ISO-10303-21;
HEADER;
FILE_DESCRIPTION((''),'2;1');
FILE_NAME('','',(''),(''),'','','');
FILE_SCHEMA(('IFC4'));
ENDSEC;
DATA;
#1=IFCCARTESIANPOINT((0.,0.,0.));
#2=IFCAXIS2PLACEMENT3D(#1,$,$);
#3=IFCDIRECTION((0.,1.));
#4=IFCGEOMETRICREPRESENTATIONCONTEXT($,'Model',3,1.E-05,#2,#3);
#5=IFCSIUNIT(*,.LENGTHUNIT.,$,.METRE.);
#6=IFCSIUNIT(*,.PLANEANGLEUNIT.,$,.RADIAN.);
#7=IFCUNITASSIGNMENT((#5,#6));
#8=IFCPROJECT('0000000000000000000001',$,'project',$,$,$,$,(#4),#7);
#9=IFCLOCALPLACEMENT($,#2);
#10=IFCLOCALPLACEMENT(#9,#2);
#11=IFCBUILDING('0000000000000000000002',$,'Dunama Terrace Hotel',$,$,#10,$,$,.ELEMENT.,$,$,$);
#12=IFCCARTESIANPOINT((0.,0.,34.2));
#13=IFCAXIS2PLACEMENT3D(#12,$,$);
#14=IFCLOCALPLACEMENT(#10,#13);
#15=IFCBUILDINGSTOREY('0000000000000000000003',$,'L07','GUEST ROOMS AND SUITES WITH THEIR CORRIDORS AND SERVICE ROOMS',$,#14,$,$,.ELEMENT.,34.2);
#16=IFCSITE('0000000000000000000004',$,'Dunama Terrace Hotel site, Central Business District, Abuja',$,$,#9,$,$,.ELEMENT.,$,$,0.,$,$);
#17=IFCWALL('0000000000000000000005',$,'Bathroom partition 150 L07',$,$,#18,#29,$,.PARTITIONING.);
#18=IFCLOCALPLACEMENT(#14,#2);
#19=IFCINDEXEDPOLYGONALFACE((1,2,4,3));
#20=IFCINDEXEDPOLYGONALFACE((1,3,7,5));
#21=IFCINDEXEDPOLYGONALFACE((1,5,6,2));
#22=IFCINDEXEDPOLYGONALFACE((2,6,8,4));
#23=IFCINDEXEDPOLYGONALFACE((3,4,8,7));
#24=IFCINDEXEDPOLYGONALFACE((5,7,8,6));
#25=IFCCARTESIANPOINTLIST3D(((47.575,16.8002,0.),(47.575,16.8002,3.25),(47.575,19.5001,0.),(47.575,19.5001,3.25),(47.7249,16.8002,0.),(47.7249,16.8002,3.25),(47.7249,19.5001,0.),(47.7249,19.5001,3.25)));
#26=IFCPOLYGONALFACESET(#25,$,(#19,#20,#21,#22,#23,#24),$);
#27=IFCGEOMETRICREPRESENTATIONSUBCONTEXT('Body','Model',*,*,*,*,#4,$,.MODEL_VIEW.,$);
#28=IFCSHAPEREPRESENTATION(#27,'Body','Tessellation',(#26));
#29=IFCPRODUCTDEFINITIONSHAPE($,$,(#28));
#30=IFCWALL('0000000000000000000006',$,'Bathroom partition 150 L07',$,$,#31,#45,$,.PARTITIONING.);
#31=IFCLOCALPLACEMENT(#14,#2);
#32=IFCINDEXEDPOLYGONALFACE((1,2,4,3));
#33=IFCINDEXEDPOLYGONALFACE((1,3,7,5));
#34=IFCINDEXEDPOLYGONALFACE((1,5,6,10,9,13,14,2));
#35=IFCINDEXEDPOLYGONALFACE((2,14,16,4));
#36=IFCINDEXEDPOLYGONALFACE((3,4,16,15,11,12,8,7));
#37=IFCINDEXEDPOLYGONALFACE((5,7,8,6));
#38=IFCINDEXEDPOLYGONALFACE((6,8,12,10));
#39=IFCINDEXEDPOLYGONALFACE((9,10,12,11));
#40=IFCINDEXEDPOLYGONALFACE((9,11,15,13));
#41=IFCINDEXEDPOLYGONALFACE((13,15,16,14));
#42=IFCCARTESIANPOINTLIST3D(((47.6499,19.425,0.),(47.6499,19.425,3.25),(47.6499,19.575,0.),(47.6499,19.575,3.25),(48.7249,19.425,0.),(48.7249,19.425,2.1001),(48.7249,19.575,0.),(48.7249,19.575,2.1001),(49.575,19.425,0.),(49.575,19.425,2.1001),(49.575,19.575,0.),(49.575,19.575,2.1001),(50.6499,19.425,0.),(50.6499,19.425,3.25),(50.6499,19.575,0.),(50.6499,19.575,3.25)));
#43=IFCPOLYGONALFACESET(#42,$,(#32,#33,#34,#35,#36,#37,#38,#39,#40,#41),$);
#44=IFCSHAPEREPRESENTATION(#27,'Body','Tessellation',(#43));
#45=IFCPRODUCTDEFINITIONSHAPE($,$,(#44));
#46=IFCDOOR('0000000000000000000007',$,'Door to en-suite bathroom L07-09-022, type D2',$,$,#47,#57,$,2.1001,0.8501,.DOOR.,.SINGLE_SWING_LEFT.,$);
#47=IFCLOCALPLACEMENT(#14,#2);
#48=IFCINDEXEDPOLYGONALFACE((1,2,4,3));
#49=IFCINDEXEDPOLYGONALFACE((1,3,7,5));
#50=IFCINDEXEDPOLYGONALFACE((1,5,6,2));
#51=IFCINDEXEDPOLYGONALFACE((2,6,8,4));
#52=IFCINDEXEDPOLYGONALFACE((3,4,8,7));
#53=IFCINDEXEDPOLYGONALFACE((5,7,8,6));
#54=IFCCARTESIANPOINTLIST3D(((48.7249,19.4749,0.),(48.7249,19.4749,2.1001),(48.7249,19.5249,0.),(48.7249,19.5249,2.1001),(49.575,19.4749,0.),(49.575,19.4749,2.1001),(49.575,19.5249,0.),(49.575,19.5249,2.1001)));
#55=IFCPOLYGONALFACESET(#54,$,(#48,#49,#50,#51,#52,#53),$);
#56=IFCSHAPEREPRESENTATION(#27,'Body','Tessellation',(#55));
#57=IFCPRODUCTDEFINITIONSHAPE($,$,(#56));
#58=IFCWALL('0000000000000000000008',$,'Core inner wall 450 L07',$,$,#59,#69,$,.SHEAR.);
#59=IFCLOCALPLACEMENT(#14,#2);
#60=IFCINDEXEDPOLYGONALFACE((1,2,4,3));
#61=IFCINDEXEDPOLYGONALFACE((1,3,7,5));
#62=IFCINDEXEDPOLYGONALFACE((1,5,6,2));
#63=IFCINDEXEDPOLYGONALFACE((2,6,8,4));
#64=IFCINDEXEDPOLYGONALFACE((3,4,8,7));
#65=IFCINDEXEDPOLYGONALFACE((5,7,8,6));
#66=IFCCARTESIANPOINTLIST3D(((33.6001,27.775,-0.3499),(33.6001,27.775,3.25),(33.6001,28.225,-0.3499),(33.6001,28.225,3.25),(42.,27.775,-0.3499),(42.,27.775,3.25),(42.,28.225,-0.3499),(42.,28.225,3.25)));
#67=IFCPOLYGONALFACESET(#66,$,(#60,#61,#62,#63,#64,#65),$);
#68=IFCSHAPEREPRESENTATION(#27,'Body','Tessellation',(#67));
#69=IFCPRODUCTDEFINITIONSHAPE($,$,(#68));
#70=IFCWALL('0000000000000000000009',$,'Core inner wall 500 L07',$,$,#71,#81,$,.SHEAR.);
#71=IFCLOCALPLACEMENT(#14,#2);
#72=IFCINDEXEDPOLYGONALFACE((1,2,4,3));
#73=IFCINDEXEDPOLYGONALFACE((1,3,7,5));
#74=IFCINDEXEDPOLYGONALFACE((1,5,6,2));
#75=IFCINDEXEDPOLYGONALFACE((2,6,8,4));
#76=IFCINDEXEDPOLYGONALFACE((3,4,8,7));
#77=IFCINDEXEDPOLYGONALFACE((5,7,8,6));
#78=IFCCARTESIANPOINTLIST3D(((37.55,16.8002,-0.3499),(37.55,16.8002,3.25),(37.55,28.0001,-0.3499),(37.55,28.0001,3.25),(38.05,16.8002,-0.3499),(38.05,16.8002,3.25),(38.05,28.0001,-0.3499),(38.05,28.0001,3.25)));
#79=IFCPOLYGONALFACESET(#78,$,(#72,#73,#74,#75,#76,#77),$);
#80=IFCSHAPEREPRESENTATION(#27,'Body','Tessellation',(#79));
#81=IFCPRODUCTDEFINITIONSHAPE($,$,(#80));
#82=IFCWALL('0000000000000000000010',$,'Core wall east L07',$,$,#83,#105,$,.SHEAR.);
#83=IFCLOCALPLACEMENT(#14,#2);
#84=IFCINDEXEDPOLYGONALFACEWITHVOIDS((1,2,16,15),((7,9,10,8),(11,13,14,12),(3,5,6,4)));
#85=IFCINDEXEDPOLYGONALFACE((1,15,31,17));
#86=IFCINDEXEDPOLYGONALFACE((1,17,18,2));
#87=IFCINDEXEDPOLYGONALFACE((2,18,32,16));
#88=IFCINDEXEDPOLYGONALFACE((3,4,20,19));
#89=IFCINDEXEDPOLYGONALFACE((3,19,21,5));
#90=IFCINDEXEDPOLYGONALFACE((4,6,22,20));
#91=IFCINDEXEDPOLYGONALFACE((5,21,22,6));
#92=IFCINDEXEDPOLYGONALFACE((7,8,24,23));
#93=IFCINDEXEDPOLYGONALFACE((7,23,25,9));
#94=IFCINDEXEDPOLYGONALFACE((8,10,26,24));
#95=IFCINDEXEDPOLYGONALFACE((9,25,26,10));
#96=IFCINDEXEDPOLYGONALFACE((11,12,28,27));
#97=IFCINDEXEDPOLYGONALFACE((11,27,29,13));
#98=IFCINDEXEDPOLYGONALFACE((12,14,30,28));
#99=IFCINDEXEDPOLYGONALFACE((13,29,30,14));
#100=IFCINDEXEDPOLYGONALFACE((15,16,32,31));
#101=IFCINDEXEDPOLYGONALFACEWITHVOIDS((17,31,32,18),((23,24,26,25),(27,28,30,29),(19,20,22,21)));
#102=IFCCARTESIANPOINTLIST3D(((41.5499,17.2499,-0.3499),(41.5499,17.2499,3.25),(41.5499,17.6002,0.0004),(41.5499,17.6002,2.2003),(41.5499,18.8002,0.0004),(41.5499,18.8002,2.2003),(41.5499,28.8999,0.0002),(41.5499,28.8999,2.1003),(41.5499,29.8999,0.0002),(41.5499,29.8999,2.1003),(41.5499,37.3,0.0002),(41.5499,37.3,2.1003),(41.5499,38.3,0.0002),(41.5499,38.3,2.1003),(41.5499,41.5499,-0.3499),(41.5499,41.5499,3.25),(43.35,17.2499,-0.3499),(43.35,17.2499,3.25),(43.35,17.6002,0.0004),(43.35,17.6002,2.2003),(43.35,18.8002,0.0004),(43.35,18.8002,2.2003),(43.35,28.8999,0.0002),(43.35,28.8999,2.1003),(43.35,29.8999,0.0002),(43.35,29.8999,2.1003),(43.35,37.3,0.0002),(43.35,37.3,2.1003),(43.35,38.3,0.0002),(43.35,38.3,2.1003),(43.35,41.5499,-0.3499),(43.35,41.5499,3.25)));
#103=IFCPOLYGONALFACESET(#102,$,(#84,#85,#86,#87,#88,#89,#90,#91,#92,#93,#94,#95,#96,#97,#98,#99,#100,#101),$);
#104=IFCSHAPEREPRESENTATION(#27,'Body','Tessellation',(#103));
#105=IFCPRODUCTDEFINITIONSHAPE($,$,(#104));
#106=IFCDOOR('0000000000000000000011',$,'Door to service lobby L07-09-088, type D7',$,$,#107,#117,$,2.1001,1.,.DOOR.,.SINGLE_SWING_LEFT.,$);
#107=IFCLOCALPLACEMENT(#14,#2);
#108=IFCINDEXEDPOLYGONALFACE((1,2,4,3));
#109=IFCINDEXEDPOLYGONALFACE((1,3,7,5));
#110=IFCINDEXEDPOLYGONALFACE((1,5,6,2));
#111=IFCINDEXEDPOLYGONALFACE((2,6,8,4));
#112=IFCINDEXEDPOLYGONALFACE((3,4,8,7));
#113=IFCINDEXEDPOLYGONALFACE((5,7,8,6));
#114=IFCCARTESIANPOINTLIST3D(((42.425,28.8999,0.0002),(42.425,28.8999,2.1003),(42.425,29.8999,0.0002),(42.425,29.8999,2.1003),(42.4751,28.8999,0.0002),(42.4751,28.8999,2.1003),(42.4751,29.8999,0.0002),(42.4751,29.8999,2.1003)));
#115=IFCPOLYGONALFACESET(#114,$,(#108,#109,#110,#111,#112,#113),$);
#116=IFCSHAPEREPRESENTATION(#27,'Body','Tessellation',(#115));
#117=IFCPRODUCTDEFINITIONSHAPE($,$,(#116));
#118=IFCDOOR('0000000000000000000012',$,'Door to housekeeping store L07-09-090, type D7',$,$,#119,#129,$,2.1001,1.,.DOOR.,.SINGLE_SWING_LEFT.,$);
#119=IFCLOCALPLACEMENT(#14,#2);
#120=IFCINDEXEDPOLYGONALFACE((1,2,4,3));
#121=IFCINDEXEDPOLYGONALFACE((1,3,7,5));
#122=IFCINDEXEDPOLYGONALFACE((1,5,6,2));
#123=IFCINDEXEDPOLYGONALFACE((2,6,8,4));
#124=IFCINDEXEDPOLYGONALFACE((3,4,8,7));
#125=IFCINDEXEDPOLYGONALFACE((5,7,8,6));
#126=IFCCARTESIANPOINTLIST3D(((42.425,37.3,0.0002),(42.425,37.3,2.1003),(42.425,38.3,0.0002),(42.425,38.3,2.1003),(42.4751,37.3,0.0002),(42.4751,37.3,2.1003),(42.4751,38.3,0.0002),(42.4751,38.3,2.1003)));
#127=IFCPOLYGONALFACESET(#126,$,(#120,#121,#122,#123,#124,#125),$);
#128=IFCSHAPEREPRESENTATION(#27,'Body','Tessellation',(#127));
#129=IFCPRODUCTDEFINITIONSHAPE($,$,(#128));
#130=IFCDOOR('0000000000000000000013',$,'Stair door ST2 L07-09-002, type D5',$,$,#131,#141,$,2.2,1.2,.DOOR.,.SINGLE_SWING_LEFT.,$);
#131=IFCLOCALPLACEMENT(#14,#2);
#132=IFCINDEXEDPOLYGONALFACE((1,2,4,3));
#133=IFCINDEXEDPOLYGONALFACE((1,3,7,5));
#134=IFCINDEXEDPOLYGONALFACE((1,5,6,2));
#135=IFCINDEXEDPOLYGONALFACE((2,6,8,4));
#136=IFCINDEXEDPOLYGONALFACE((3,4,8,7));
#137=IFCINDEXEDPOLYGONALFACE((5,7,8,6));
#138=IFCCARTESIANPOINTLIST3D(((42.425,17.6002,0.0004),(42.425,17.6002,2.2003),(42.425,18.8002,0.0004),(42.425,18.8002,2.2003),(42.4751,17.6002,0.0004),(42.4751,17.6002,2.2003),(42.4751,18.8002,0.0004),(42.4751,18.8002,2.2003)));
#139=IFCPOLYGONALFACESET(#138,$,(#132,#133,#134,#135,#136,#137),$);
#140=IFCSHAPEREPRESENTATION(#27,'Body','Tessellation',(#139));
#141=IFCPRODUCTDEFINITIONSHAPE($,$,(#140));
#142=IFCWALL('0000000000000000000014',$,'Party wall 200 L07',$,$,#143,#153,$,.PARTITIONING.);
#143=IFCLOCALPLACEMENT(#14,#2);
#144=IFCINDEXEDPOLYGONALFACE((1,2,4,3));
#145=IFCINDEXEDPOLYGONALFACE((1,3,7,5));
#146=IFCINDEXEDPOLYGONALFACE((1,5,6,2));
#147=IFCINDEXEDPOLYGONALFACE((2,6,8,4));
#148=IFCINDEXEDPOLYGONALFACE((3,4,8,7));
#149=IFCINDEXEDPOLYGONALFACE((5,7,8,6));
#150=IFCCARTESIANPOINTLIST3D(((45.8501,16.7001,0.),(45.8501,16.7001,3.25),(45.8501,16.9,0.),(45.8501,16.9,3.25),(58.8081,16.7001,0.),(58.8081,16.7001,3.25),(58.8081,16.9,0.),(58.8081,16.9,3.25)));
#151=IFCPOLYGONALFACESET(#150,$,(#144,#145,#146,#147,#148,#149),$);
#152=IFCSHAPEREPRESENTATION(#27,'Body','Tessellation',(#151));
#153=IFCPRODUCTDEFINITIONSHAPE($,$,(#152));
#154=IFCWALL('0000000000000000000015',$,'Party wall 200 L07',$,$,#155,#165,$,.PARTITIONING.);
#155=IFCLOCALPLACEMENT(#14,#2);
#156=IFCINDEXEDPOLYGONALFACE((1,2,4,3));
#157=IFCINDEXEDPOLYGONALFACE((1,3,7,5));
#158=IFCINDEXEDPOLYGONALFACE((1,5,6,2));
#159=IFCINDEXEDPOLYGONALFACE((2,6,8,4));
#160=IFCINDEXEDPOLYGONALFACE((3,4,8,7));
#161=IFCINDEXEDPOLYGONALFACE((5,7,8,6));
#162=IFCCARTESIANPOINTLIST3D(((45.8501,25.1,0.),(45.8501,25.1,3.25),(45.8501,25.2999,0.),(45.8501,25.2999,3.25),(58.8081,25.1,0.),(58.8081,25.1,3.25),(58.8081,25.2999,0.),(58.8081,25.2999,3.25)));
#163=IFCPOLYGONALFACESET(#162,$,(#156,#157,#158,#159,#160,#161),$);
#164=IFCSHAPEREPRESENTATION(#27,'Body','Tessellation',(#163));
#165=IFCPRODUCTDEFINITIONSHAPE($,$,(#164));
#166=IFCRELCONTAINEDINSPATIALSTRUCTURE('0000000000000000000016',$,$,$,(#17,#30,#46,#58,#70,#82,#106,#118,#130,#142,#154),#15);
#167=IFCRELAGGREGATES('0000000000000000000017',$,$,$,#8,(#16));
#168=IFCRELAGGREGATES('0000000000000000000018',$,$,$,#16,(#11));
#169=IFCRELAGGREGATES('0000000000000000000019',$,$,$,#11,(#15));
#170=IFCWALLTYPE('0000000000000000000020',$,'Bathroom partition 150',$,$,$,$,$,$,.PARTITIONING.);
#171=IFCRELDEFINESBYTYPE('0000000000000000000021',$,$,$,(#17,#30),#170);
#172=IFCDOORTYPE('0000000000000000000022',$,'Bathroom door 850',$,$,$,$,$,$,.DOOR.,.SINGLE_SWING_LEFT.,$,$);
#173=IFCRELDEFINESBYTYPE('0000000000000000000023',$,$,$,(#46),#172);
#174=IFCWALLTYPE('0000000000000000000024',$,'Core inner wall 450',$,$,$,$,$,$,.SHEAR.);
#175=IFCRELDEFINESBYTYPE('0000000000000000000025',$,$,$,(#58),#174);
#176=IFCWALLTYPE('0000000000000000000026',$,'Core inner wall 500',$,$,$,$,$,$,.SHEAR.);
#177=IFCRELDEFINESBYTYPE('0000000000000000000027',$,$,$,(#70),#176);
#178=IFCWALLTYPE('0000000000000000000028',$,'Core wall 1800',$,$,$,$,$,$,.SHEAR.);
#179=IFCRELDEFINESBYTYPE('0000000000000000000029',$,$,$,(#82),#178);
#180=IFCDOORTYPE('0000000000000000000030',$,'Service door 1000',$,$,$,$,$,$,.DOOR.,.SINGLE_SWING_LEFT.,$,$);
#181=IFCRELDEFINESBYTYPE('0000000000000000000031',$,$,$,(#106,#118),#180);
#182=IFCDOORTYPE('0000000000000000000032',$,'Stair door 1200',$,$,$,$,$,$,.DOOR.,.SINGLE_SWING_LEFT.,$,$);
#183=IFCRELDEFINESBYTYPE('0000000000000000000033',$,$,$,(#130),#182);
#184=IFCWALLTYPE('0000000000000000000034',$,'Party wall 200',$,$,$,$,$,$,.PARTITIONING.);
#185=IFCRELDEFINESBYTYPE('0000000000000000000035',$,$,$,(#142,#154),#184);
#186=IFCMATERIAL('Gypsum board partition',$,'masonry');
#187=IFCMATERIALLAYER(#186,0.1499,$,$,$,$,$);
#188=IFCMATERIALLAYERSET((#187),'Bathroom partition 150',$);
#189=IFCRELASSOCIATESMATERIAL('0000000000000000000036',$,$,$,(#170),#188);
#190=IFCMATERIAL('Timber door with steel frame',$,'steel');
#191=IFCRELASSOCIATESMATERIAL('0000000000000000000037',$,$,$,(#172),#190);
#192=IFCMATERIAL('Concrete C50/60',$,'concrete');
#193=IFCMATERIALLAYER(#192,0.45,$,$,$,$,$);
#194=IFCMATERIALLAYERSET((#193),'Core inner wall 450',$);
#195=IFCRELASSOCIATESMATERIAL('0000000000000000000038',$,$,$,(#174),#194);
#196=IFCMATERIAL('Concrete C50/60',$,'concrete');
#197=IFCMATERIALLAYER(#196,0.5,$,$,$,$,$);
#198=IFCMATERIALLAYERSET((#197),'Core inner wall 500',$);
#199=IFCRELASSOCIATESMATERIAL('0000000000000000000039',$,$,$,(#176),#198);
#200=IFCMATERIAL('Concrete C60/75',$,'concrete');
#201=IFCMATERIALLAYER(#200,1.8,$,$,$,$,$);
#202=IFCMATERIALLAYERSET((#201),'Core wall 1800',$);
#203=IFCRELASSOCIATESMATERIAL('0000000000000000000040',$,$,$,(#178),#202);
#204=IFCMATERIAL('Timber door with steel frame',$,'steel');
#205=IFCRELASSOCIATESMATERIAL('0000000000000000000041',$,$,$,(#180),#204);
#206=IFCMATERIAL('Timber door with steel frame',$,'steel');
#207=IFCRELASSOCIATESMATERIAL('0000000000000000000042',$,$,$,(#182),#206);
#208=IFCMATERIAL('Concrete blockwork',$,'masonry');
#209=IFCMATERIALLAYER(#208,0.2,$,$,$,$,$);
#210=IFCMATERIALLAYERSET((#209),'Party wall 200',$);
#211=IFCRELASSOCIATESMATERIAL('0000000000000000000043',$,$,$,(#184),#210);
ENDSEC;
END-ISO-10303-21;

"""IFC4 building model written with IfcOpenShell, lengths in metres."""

from ifc_helpers import new_model, si_unit, direction, frame, frame_2d, origin, place, context, subcontext, project, spatial, rectangle, extrude, material, layer, layer_set, type_object, element, fill, save


model = new_model("IFC4")

# Units and contexts
model_context = context("Model", 3, precision=1e-05, world=origin(), true_north=direction((0.0, 1.0)))
body_context = subcontext(model_context, "Body", "Model", "MODEL_VIEW")
ifc_project = project(units=[si_unit("LENGTHUNIT", "METRE"), si_unit("PLANEANGLEUNIT", "RADIAN")], contexts=[model_context])

# Site, building, storey
site_placement = place(None, origin())
site = spatial("IfcSite", under=ifc_project, at=site_placement, Name="Dunama Terrace Hotel site, Central Business District, Abuja", CompositionType="ELEMENT", RefElevation=0.0)
building_placement = place(site_placement, origin())
building = spatial("IfcBuilding", under=site, at=building_placement, Name="Dunama Terrace Hotel", CompositionType="ELEMENT")
storey_placement = place(building_placement, frame((0.0, 0.0, 34.2)))
storey = spatial("IfcBuildingStorey", under=building, at=storey_placement, Name="L07", Description="GUEST ROOMS AND SUITES WITH THEIR CORRIDORS AND SERVICE ROOMS", CompositionType="ELEMENT", Elevation=34.2)

# Wall
ifc_material_1 = material(Name="Gypsum board partition", Category="masonry")
ifc_layer_1 = layer(ifc_material_1, 0.1499)
ifc_layer_set_1 = layer_set([ifc_layer_1], Name="Bathroom partition 150")
wall_type_1 = type_object("IfcWallType", Name="Bathroom partition 150", PredefinedType="PARTITIONING", material=ifc_layer_set_1)
wall_1_placement = place(storey_placement, frame((47.6499, 16.8, 0.0), z_axis=(0.0, 0.0, 1.0), x_axis=(0.0, 1.0, 0.0)))
element("IfcWall", 1, at=wall_1_placement, inside=storey, type_object=wall_type_1, Name="Bathroom partition 150 L07", PredefinedType="PARTITIONING", context=body_context, shape_type="SweptSolid", body=[
    extrude(rectangle(XDim=2.7, YDim=0.1499, at=frame_2d((1.3501, 0.0))), origin(), (0.0, 0.0, 1.0), 3.25),
])

# Wall, opening, door
wall_2_placement = place(storey_placement, frame((47.6499, 19.5, 0.0), z_axis=(0.0, 0.0, 1.0), x_axis=(1.0, 0.0, 0.0)))
wall_2 = element("IfcWall", 2, at=wall_2_placement, inside=storey, type_object=wall_type_1, Name="Bathroom partition 150 L07", PredefinedType="PARTITIONING", context=body_context, shape_type="SweptSolid", body=[
    extrude(rectangle(XDim=3.0, YDim=0.1499, at=frame_2d((1.5, 0.0))), origin(), (0.0, 0.0, 1.0), 3.25),
])
opening_1_placement = place(wall_2_placement, frame((1.075, 0.0, 0.0)))
opening_1 = element("IfcOpeningElement", 3, at=opening_1_placement, cuts=wall_2, PredefinedType="OPENING", context=body_context, shape_type="SweptSolid", body=[
    extrude(rectangle(XDim=0.8501, YDim=2.1001, at=frame_2d((0.425, 1.05))), frame((0.0, 0.085, 0.0), z_axis=(0.0, -1.0, 0.0), x_axis=(1.0, 0.0, 0.0)), (0.0, 0.0, 1.0), 0.1699),
])
ifc_material_2 = material(Name="Timber door with steel frame", Category="steel")
door_type_1 = type_object("IfcDoorType", Name="Bathroom door 850", OperationType="SINGLE_SWING_LEFT", PredefinedType="DOOR", material=ifc_material_2)
door_1_placement = place(opening_1_placement, frame((0.8501, 0.0, 0.0), z_axis=(0.0, 0.0, 1.0), x_axis=(-1.0, 0.0, 0.0)))
door_1 = element("IfcDoor", 4, at=door_1_placement, inside=storey, type_object=door_type_1, Name="Door to en-suite bathroom L07-09-022, type D2", OperationType="SINGLE_SWING_LEFT", OverallHeight=2.1001, OverallWidth=0.8501, PredefinedType="DOOR", context=body_context, shape_type="SweptSolid", body=[
    extrude(rectangle(XDim=0.8501, YDim=2.1001, at=frame_2d((0.425, 1.05))), frame((0.0, 0.0251, 0.0), z_axis=(0.0, -1.0, 0.0), x_axis=(1.0, 0.0, 0.0)), (0.0, 0.0, 1.0), 0.05),
])
fill(opening_1, door_1)

# Walls
ifc_material_3 = material(Name="Concrete C50/60", Category="concrete")
ifc_layer_2 = layer(ifc_material_3, 0.45)
ifc_layer_set_2 = layer_set([ifc_layer_2], Name="Core inner wall 450")
wall_type_2 = type_object("IfcWallType", Name="Core inner wall 450", PredefinedType="SHEAR", material=ifc_layer_set_2)
wall_3_placement = place(storey_placement, frame((33.6001, 28.0, -0.3499), z_axis=(0.0, 0.0, 1.0), x_axis=(1.0, 0.0, 0.0)))
element("IfcWall", 5, at=wall_3_placement, inside=storey, type_object=wall_type_2, Name="Core inner wall 450 L07", PredefinedType="SHEAR", context=body_context, shape_type="SweptSolid", body=[
    extrude(rectangle(XDim=8.3999, YDim=0.45, at=frame_2d((4.2, 0.0))), origin(), (0.0, 0.0, 1.0), 3.5999),
])
ifc_material_4 = material(Name="Concrete C50/60", Category="concrete")
ifc_layer_3 = layer(ifc_material_4, 0.5)
ifc_layer_set_3 = layer_set([ifc_layer_3], Name="Core inner wall 500")
wall_type_3 = type_object("IfcWallType", Name="Core inner wall 500", PredefinedType="SHEAR", material=ifc_layer_set_3)
wall_4_placement = place(storey_placement, frame((37.8, 16.8, -0.3499), z_axis=(0.0, 0.0, 1.0), x_axis=(0.0, 1.0, 0.0)))
element("IfcWall", 6, at=wall_4_placement, inside=storey, type_object=wall_type_3, Name="Core inner wall 500 L07", PredefinedType="SHEAR", context=body_context, shape_type="SweptSolid", body=[
    extrude(rectangle(XDim=11.2, YDim=0.5, at=frame_2d((5.6001, 0.0))), origin(), (0.0, 0.0, 1.0), 3.5999),
])

# Wall, openings, doors
ifc_material_5 = material(Name="Concrete C60/75", Category="concrete")
ifc_layer_4 = layer(ifc_material_5, 1.8)
ifc_layer_set_4 = layer_set([ifc_layer_4], Name="Core wall 1800")
wall_type_4 = type_object("IfcWallType", Name="Core wall 1800", PredefinedType="SHEAR", material=ifc_layer_set_4)
wall_5_placement = place(storey_placement, frame((42.45, 17.25, -0.3499), z_axis=(0.0, 0.0, 1.0), x_axis=(0.0, 1.0, 0.0)))
wall_5 = element("IfcWall", 7, at=wall_5_placement, inside=storey, type_object=wall_type_4, Name="Core wall east L07", PredefinedType="SHEAR", context=body_context, shape_type="SweptSolid", body=[
    extrude(rectangle(XDim=24.3, YDim=1.8, at=frame_2d((12.1499, 0.0))), origin(), (0.0, 0.0, 1.0), 3.5999),
])
opening_2_placement = place(wall_5_placement, frame((0.3501, 0.0, 0.3501)))
opening_2 = element("IfcOpeningElement", 8, at=opening_2_placement, cuts=wall_5, PredefinedType="OPENING", context=body_context, shape_type="SweptSolid", body=[
    extrude(rectangle(XDim=1.2, YDim=2.2, at=frame_2d((0.6001, 1.1001))), frame((0.0, 0.9099, 0.0), z_axis=(0.0, -1.0, 0.0), x_axis=(1.0, 0.0, 0.0)), (0.0, 0.0, 1.0), 1.8201),
])
opening_3_placement = place(wall_5_placement, frame((11.6499, 0.0, 0.3501)))
opening_3 = element("IfcOpeningElement", 9, at=opening_3_placement, cuts=wall_5, PredefinedType="OPENING", context=body_context, shape_type="SweptSolid", body=[
    extrude(rectangle(XDim=1.0, YDim=2.1001, at=frame_2d((0.5, 1.05))), frame((0.0, 0.9099, 0.0), z_axis=(0.0, -1.0, 0.0), x_axis=(1.0, 0.0, 0.0)), (0.0, 0.0, 1.0), 1.8201),
])
opening_4_placement = place(wall_5_placement, frame((20.05, 0.0, 0.3501)))
opening_4 = element("IfcOpeningElement", 10, at=opening_4_placement, cuts=wall_5, PredefinedType="OPENING", context=body_context, shape_type="SweptSolid", body=[
    extrude(rectangle(XDim=1.0, YDim=2.1001, at=frame_2d((0.5, 1.05))), frame((0.0, 0.9099, 0.0), z_axis=(0.0, -1.0, 0.0), x_axis=(1.0, 0.0, 0.0)), (0.0, 0.0, 1.0), 1.8201),
])
ifc_material_6 = material(Name="Timber door with steel frame", Category="steel")
door_type_2 = type_object("IfcDoorType", Name="Service door 1000", OperationType="SINGLE_SWING_LEFT", PredefinedType="DOOR", material=ifc_material_6)
door_2_placement = place(opening_3_placement, origin())
door_2 = element("IfcDoor", 11, at=door_2_placement, inside=storey, type_object=door_type_2, Name="Door to service lobby L07-09-088, type D7", OperationType="SINGLE_SWING_LEFT", OverallHeight=2.1001, OverallWidth=1.0, PredefinedType="DOOR", context=body_context, shape_type="SweptSolid", body=[
    extrude(rectangle(XDim=1.0, YDim=2.1001, at=frame_2d((0.5, 1.05))), frame((0.0, 0.0249, 0.0), z_axis=(0.0, -1.0, 0.0), x_axis=(1.0, 0.0, 0.0)), (0.0, 0.0, 1.0), 0.05),
])
fill(opening_3, door_2)
door_3_placement = place(opening_4_placement, origin())
door_3 = element("IfcDoor", 12, at=door_3_placement, inside=storey, type_object=door_type_2, Name="Door to housekeeping store L07-09-090, type D7", OperationType="SINGLE_SWING_LEFT", OverallHeight=2.1001, OverallWidth=1.0, PredefinedType="DOOR", context=body_context, shape_type="SweptSolid", body=[
    extrude(rectangle(XDim=1.0, YDim=2.1001, at=frame_2d((0.5, 1.05))), frame((0.0, 0.0249, 0.0), z_axis=(0.0, -1.0, 0.0), x_axis=(1.0, 0.0, 0.0)), (0.0, 0.0, 1.0), 0.05),
])
fill(opening_4, door_3)
ifc_material_7 = material(Name="Timber door with steel frame", Category="steel")
door_type_3 = type_object("IfcDoorType", Name="Stair door 1200", OperationType="SINGLE_SWING_LEFT", PredefinedType="DOOR", material=ifc_material_7)
door_4_placement = place(opening_2_placement, origin())
door_4 = element("IfcDoor", 13, at=door_4_placement, inside=storey, type_object=door_type_3, Name="Stair door ST2 L07-09-002, type D5", OperationType="SINGLE_SWING_LEFT", OverallHeight=2.2, OverallWidth=1.2, PredefinedType="DOOR", context=body_context, shape_type="SweptSolid", body=[
    extrude(rectangle(XDim=1.2, YDim=2.2, at=frame_2d((0.6001, 1.1001))), frame((0.0, 0.0249, 0.0), z_axis=(0.0, -1.0, 0.0), x_axis=(1.0, 0.0, 0.0)), (0.0, 0.0, 1.0), 0.05),
])
fill(opening_2, door_4)

# Walls
ifc_material_8 = material(Name="Concrete blockwork", Category="masonry")
ifc_layer_5 = layer(ifc_material_8, 0.2)
ifc_layer_set_5 = layer_set([ifc_layer_5], Name="Party wall 200")
wall_type_5 = type_object("IfcWallType", Name="Party wall 200", PredefinedType="PARTITIONING", material=ifc_layer_set_5)
for number, where, z_axis, x_axis, name in (
    (14, (45.8501, 16.8, 0.0), (0.0, 0.0, 1.0), (1.0, 0.0, 0.0), "Party wall 200 L07"),
    (15, (45.8501, 25.2, 0.0), (0.0, 0.0, 1.0), (1.0, 0.0, 0.0), "Party wall 200 L07"),
):
    element("IfcWall", number, at=place(storey_placement, frame(where, z_axis=z_axis, x_axis=x_axis)), inside=storey, type_object=wall_type_5, Name=name, PredefinedType="PARTITIONING", context=body_context, shape_type="SweptSolid", body=[
        extrude(rectangle(XDim=12.958, YDim=0.2, at=frame_2d((6.479, 0.0))), origin(), (0.0, 0.0, 1.0), 3.25),
    ])

save(model, "model.ifc")
